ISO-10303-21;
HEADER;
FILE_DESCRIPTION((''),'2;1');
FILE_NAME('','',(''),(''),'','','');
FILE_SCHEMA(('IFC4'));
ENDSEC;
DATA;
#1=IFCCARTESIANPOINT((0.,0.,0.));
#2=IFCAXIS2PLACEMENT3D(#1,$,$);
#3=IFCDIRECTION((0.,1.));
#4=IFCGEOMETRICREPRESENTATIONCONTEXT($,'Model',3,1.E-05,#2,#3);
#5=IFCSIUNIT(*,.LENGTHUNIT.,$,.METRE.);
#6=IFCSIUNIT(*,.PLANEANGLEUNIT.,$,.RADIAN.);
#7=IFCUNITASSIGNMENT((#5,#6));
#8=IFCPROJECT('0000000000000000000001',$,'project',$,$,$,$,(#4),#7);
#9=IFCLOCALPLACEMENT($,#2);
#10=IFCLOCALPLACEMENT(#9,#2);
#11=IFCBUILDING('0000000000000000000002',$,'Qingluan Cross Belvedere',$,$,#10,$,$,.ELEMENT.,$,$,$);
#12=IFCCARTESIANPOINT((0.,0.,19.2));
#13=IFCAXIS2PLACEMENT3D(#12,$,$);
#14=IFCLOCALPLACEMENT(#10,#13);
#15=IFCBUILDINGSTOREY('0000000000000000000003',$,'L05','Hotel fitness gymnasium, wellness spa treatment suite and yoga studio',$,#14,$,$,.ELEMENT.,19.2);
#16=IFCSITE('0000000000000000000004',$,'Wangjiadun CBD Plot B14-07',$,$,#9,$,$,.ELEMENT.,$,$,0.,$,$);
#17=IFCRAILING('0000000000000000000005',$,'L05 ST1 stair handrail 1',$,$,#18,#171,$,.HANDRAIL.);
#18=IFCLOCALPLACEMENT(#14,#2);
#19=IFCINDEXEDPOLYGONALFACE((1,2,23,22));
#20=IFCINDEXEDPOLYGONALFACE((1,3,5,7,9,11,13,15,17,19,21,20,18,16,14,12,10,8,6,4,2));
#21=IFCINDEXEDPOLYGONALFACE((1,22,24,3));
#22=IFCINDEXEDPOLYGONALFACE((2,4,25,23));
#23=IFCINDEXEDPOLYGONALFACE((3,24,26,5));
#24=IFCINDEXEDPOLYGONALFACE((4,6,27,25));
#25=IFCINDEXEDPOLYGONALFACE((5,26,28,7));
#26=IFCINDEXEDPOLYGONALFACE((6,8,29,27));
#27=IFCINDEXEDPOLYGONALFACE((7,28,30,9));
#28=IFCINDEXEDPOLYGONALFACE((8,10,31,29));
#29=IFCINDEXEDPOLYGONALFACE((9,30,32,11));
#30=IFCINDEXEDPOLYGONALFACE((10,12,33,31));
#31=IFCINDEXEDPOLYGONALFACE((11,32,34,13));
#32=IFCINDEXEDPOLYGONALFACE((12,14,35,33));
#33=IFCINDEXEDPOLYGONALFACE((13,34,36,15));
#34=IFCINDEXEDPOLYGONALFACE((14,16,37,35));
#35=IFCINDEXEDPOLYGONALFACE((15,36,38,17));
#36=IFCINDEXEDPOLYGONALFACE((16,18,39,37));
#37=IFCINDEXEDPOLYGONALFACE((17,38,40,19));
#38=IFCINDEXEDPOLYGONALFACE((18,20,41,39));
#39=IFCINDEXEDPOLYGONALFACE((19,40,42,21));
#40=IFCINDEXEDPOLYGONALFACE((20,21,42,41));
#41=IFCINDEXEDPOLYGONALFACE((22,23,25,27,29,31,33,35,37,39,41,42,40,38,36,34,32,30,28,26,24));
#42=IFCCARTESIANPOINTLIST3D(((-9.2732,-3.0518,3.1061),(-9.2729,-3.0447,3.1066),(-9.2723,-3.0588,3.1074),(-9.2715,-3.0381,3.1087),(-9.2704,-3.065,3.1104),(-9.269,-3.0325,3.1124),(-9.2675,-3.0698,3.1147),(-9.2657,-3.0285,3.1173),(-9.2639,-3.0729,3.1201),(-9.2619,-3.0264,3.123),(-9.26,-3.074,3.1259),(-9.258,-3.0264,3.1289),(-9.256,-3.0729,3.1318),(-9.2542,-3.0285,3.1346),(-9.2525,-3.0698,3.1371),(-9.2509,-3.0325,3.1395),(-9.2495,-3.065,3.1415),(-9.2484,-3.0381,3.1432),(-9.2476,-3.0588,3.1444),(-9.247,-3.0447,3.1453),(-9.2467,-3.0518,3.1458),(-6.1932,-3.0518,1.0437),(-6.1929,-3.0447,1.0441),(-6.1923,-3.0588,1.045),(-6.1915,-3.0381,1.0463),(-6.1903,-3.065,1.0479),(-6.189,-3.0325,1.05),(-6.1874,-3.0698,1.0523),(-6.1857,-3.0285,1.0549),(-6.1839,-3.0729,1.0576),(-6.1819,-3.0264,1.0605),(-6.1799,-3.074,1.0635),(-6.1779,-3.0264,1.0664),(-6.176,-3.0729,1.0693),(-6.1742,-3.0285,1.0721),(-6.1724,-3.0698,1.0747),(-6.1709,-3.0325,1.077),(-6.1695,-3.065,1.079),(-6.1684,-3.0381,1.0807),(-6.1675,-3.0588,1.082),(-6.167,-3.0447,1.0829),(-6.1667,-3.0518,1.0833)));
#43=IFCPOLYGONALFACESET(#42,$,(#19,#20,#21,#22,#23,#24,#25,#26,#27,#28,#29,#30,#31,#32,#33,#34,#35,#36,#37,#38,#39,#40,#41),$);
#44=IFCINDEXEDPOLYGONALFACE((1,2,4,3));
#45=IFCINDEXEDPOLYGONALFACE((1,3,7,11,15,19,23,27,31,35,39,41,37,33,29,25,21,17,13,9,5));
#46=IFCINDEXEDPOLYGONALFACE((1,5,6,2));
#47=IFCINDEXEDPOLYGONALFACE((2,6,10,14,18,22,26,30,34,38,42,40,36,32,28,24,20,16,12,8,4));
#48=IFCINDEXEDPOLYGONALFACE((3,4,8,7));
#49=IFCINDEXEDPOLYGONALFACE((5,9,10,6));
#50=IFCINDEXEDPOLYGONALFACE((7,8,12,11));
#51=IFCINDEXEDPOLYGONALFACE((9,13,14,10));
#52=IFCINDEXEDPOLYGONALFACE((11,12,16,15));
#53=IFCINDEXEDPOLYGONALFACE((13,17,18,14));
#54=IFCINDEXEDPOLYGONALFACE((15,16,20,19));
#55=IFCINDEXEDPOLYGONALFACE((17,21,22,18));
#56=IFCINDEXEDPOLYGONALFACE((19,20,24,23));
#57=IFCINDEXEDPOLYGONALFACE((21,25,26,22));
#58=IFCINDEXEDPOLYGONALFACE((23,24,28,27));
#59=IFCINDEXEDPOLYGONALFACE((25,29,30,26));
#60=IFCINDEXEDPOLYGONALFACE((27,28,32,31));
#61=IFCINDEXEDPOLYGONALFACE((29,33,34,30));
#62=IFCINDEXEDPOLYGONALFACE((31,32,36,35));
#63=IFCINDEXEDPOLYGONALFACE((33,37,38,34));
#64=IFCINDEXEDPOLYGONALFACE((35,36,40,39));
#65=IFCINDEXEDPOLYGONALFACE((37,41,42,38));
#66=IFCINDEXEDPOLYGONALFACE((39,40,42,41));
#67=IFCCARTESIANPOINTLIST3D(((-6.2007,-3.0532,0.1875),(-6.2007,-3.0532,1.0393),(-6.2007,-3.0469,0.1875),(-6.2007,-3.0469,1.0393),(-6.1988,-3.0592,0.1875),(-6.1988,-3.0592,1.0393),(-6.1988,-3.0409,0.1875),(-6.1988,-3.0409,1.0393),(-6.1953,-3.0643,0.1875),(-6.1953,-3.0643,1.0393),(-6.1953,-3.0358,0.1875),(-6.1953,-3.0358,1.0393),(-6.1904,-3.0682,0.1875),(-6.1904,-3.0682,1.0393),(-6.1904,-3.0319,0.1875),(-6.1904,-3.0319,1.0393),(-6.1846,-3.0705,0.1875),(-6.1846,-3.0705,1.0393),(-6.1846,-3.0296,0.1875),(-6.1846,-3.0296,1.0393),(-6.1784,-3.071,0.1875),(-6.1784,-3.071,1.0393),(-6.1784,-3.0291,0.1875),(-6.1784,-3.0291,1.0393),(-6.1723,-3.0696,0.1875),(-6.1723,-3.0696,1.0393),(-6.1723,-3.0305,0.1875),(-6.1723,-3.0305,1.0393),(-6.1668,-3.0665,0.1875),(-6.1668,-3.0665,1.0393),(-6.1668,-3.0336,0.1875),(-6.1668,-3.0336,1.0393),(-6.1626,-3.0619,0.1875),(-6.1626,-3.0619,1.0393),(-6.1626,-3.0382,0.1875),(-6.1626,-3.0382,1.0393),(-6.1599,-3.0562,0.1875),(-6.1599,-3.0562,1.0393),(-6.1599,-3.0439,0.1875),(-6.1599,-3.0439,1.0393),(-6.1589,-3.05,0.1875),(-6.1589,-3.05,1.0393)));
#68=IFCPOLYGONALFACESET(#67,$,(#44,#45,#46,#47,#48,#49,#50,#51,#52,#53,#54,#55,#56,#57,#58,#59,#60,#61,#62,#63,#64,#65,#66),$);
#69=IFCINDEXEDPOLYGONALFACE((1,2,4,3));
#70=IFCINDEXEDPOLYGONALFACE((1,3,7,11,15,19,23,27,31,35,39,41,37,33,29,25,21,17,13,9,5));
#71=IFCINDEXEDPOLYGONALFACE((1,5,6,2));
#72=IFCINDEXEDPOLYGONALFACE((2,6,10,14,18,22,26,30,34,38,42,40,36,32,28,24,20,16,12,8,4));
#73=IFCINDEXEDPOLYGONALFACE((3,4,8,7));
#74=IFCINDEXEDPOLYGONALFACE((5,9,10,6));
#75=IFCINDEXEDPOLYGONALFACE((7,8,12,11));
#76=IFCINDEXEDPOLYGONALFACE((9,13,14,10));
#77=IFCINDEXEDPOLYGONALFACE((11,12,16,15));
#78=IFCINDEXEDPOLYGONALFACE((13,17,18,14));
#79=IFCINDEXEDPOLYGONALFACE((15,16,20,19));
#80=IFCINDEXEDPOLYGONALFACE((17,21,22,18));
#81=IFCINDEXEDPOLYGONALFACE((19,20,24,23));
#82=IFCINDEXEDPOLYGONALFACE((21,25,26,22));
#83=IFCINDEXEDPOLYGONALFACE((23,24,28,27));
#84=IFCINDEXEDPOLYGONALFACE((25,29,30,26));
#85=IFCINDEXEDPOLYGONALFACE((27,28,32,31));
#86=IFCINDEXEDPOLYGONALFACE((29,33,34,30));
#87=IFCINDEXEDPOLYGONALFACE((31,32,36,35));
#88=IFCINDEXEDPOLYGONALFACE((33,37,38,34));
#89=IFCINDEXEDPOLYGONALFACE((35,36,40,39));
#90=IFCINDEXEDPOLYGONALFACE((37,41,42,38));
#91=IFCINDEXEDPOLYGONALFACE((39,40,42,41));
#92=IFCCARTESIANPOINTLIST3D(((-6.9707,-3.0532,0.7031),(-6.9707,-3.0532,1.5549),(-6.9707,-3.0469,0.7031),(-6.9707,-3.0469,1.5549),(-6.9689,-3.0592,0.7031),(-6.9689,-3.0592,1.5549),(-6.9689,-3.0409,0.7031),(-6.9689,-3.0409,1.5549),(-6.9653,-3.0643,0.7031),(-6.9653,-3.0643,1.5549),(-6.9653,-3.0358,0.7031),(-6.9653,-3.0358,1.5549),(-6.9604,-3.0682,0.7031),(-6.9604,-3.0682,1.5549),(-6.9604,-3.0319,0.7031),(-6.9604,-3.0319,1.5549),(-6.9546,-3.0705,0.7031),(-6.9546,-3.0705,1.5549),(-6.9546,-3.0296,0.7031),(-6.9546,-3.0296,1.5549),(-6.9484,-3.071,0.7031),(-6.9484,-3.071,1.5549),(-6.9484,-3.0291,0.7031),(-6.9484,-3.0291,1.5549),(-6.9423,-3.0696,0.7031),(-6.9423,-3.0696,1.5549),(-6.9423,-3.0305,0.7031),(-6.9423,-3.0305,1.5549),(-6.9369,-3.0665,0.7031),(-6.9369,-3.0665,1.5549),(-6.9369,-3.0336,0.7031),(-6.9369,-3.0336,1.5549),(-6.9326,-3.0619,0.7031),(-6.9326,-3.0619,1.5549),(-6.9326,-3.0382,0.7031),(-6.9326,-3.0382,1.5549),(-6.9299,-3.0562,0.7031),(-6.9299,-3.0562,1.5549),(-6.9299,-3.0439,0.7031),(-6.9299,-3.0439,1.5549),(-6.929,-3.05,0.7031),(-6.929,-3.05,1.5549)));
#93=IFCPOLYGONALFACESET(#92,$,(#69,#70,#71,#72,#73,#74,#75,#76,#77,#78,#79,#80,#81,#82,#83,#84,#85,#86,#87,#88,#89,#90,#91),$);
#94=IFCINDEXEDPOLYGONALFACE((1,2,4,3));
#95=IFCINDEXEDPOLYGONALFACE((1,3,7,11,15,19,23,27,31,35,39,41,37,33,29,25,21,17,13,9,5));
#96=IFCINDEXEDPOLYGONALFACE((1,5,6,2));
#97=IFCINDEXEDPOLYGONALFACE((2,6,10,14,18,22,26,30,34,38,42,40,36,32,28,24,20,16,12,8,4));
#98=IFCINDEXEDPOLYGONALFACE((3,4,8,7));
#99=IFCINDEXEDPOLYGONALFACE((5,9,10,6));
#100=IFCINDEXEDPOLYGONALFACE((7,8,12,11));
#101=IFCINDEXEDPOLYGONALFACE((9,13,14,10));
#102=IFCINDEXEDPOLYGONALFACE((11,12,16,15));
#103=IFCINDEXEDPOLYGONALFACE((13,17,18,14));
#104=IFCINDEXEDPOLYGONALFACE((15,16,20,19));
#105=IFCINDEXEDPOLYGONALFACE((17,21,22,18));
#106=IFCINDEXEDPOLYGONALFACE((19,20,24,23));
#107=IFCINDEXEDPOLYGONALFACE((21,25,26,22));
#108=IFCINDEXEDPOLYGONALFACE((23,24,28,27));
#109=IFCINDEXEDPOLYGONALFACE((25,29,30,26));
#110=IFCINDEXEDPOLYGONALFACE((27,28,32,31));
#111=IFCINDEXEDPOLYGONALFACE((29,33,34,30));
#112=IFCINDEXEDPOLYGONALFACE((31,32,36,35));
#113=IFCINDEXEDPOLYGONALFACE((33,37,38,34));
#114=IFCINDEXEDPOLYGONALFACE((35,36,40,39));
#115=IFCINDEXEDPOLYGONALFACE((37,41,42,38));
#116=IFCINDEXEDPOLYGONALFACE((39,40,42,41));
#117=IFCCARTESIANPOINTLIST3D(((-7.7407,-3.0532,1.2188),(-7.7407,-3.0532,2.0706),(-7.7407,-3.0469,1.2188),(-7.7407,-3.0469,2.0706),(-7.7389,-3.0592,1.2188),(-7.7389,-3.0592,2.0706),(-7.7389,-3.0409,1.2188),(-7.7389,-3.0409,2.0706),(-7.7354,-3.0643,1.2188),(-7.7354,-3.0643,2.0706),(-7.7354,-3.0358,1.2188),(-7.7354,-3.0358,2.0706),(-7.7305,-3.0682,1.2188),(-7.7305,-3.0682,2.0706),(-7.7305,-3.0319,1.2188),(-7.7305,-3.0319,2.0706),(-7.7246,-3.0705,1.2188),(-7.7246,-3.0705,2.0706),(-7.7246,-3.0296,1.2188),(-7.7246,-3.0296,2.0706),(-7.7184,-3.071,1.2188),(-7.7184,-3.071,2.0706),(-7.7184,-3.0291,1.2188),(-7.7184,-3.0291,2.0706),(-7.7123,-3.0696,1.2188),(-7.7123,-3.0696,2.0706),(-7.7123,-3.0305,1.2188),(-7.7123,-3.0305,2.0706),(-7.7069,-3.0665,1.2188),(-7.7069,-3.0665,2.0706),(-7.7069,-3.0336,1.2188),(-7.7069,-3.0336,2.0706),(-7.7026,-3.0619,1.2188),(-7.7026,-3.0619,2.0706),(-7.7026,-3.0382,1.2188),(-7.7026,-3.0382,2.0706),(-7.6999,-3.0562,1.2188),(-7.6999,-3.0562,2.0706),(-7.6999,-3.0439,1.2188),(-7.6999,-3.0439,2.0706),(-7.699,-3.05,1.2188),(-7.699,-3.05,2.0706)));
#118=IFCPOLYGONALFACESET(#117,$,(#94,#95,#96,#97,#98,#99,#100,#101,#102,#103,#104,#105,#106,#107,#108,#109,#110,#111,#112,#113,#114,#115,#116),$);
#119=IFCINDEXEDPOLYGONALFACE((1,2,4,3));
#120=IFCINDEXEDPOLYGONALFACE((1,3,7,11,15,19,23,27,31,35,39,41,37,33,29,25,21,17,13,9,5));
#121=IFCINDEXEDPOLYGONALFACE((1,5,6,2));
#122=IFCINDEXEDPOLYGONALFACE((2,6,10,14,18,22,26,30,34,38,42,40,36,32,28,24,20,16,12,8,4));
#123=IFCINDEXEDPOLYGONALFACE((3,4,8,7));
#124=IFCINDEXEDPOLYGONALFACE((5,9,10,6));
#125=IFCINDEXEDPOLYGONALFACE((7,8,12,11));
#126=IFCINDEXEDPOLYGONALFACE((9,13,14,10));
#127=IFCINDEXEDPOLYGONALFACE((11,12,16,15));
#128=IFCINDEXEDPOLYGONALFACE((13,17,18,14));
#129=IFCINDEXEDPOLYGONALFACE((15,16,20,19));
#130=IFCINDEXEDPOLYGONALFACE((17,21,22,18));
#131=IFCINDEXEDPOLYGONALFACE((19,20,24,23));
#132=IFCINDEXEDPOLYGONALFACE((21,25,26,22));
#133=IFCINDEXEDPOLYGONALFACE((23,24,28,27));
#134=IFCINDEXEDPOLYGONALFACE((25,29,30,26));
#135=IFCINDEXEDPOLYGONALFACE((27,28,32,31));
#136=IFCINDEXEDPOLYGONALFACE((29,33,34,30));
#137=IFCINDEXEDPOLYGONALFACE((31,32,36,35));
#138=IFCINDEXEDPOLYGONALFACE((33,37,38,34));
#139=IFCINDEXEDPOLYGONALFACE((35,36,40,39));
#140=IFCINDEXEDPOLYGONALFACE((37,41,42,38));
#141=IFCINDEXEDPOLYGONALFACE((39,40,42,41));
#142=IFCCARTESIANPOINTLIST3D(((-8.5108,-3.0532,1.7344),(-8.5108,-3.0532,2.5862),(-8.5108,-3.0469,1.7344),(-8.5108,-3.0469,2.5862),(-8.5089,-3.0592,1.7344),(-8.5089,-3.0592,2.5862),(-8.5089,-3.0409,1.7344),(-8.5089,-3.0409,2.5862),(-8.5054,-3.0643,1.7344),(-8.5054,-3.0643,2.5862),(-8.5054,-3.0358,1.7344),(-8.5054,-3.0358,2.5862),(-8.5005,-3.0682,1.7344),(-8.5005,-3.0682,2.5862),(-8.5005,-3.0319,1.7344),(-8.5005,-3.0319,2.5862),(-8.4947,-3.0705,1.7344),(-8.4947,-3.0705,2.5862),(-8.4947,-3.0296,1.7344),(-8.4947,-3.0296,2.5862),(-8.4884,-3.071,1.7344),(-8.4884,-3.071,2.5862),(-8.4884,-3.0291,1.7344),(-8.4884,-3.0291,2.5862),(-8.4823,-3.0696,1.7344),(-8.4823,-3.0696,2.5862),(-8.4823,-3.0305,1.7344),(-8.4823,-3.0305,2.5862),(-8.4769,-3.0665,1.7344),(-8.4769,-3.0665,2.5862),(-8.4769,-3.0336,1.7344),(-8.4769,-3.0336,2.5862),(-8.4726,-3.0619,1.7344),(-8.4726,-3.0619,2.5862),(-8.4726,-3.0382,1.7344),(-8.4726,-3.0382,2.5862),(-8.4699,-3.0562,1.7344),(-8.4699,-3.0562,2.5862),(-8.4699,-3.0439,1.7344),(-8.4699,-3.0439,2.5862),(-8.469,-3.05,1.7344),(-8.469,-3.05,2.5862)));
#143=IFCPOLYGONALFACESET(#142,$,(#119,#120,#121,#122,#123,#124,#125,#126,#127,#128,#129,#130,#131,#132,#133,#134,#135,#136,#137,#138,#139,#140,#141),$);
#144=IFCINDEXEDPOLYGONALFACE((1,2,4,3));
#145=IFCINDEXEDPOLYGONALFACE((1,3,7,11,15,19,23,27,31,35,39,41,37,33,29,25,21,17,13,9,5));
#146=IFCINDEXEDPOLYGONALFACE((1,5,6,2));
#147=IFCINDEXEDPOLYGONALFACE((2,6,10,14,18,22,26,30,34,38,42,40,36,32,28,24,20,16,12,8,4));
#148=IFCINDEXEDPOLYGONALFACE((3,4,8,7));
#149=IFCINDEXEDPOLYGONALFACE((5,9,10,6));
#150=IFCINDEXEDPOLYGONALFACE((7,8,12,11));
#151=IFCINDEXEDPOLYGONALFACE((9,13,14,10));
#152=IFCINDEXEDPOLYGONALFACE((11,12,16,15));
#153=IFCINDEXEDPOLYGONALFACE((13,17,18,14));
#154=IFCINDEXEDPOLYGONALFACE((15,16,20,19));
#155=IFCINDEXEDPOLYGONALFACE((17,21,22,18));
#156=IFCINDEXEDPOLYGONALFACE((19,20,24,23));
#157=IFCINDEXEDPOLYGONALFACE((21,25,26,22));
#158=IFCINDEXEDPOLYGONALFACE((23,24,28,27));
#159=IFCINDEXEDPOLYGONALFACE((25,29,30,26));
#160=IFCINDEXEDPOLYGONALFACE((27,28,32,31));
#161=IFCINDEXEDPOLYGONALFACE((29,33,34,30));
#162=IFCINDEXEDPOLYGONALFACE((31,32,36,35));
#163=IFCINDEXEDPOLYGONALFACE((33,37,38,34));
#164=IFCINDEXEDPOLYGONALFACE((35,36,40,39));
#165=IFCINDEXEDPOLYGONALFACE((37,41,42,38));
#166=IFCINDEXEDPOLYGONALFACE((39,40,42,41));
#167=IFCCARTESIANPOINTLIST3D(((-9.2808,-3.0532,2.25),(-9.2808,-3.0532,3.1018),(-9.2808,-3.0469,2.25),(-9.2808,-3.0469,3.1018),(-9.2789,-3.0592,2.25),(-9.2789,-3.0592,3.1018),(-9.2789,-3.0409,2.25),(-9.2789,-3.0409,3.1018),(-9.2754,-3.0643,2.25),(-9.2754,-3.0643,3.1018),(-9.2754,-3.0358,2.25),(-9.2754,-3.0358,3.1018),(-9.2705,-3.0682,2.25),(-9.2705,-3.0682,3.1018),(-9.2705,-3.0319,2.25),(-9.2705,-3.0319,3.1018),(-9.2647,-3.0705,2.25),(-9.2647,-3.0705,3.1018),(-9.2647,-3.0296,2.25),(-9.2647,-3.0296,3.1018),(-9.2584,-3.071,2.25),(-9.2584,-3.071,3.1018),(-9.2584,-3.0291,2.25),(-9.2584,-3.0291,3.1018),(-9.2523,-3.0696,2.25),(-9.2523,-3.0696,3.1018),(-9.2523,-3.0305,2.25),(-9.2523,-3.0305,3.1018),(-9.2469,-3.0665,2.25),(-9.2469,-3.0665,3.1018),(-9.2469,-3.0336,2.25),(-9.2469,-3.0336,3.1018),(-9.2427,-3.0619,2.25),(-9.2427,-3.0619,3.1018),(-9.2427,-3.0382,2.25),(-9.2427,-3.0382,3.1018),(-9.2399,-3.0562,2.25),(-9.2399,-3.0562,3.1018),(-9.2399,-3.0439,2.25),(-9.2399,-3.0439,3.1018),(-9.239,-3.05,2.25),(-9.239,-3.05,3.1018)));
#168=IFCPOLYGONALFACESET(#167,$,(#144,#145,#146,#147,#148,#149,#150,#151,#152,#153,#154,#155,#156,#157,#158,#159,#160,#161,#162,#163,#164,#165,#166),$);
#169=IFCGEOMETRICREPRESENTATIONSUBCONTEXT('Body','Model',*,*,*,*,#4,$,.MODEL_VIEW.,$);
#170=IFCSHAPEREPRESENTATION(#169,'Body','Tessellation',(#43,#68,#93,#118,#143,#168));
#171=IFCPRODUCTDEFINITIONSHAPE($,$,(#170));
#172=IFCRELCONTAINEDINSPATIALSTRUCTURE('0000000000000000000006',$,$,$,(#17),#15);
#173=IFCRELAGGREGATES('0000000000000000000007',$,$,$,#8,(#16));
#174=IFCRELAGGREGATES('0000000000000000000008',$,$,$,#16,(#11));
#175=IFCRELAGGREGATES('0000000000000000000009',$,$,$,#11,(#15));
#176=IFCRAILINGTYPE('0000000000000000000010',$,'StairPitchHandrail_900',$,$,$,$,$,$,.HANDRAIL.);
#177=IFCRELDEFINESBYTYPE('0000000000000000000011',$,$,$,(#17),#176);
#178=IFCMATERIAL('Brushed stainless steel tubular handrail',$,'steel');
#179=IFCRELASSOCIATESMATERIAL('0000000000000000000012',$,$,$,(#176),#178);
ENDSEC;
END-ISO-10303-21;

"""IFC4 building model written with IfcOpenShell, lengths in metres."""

from ifc_helpers import new_model, si_unit, direction, frame, origin, origin_2d, place, context, subcontext, project, spatial, circle, extrude, material, type_object, element, save


model = new_model("IFC4")

# Units and contexts
model_context = context("Model", 3, precision=1e-05, world=origin(), true_north=direction((0.0, 1.0)))
body_context = subcontext(model_context, "Body", "Model", "MODEL_VIEW")
ifc_project = project(units=[si_unit("LENGTHUNIT", "METRE"), si_unit("PLANEANGLEUNIT", "RADIAN")], contexts=[model_context])

# Site, building, storey
site_placement = place(None, origin())
site = spatial("IfcSite", under=ifc_project, at=site_placement, Name="Wangjiadun CBD Plot B14-07", CompositionType="ELEMENT", RefElevation=0.0)
building_placement = place(site_placement, origin())
building = spatial("IfcBuilding", under=site, at=building_placement, Name="Qingluan Cross Belvedere", CompositionType="ELEMENT")
storey_placement = place(building_placement, frame((0.0, 0.0, 19.2)))
storey = spatial("IfcBuildingStorey", under=building, at=storey_placement, Name="L05", Description="Hotel fitness gymnasium, wellness spa treatment suite and yoga studio", CompositionType="ELEMENT", Elevation=19.2)

# Railing
ifc_material_1 = material(Name="Brushed stainless steel tubular handrail", Category="steel")
railing_type_1 = type_object("IfcRailingType", Name="StairPitchHandrail_900", PredefinedType="HANDRAIL", material=ifc_material_1)
railing_1_placement = place(storey_placement, frame((-6.1799, -3.05, 0.1875)))
element("IfcRailing", 1, at=railing_1_placement, inside=storey, type_object=railing_type_1, Name="L05 ST1 stair handrail 1", PredefinedType="HANDRAIL", context=body_context, shape_type="SweptSolid", body=[
    extrude(circle(Radius=0.0239, at=origin_2d()), frame((0.0, 0.0, 0.876), z_axis=(-0.830914, 0.0, 0.556401), x_axis=(0.0, -1.0, 0.0)), (0.0, 0.0, 1.0), 3.7068),
    extrude(circle(Radius=0.021, at=origin_2d()), origin(), (0.0, 0.0, 1.0), 0.8518),
    extrude(circle(Radius=0.021, at=origin_2d()), frame((-0.77, 0.0, 0.5156)), (0.0, 0.0, 1.0), 0.8518),
    extrude(circle(Radius=0.021, at=origin_2d()), frame((-1.54, 0.0, 1.0312)), (0.0, 0.0, 1.0), 0.8518),
    extrude(circle(Radius=0.021, at=origin_2d()), frame((-2.3101, 0.0, 1.5469)), (0.0, 0.0, 1.0), 0.8518),
    extrude(circle(Radius=0.021, at=origin_2d()), frame((-3.0801, 0.0, 2.0625)), (0.0, 0.0, 1.0), 0.8518),
])

save(model, "model.ifc")
